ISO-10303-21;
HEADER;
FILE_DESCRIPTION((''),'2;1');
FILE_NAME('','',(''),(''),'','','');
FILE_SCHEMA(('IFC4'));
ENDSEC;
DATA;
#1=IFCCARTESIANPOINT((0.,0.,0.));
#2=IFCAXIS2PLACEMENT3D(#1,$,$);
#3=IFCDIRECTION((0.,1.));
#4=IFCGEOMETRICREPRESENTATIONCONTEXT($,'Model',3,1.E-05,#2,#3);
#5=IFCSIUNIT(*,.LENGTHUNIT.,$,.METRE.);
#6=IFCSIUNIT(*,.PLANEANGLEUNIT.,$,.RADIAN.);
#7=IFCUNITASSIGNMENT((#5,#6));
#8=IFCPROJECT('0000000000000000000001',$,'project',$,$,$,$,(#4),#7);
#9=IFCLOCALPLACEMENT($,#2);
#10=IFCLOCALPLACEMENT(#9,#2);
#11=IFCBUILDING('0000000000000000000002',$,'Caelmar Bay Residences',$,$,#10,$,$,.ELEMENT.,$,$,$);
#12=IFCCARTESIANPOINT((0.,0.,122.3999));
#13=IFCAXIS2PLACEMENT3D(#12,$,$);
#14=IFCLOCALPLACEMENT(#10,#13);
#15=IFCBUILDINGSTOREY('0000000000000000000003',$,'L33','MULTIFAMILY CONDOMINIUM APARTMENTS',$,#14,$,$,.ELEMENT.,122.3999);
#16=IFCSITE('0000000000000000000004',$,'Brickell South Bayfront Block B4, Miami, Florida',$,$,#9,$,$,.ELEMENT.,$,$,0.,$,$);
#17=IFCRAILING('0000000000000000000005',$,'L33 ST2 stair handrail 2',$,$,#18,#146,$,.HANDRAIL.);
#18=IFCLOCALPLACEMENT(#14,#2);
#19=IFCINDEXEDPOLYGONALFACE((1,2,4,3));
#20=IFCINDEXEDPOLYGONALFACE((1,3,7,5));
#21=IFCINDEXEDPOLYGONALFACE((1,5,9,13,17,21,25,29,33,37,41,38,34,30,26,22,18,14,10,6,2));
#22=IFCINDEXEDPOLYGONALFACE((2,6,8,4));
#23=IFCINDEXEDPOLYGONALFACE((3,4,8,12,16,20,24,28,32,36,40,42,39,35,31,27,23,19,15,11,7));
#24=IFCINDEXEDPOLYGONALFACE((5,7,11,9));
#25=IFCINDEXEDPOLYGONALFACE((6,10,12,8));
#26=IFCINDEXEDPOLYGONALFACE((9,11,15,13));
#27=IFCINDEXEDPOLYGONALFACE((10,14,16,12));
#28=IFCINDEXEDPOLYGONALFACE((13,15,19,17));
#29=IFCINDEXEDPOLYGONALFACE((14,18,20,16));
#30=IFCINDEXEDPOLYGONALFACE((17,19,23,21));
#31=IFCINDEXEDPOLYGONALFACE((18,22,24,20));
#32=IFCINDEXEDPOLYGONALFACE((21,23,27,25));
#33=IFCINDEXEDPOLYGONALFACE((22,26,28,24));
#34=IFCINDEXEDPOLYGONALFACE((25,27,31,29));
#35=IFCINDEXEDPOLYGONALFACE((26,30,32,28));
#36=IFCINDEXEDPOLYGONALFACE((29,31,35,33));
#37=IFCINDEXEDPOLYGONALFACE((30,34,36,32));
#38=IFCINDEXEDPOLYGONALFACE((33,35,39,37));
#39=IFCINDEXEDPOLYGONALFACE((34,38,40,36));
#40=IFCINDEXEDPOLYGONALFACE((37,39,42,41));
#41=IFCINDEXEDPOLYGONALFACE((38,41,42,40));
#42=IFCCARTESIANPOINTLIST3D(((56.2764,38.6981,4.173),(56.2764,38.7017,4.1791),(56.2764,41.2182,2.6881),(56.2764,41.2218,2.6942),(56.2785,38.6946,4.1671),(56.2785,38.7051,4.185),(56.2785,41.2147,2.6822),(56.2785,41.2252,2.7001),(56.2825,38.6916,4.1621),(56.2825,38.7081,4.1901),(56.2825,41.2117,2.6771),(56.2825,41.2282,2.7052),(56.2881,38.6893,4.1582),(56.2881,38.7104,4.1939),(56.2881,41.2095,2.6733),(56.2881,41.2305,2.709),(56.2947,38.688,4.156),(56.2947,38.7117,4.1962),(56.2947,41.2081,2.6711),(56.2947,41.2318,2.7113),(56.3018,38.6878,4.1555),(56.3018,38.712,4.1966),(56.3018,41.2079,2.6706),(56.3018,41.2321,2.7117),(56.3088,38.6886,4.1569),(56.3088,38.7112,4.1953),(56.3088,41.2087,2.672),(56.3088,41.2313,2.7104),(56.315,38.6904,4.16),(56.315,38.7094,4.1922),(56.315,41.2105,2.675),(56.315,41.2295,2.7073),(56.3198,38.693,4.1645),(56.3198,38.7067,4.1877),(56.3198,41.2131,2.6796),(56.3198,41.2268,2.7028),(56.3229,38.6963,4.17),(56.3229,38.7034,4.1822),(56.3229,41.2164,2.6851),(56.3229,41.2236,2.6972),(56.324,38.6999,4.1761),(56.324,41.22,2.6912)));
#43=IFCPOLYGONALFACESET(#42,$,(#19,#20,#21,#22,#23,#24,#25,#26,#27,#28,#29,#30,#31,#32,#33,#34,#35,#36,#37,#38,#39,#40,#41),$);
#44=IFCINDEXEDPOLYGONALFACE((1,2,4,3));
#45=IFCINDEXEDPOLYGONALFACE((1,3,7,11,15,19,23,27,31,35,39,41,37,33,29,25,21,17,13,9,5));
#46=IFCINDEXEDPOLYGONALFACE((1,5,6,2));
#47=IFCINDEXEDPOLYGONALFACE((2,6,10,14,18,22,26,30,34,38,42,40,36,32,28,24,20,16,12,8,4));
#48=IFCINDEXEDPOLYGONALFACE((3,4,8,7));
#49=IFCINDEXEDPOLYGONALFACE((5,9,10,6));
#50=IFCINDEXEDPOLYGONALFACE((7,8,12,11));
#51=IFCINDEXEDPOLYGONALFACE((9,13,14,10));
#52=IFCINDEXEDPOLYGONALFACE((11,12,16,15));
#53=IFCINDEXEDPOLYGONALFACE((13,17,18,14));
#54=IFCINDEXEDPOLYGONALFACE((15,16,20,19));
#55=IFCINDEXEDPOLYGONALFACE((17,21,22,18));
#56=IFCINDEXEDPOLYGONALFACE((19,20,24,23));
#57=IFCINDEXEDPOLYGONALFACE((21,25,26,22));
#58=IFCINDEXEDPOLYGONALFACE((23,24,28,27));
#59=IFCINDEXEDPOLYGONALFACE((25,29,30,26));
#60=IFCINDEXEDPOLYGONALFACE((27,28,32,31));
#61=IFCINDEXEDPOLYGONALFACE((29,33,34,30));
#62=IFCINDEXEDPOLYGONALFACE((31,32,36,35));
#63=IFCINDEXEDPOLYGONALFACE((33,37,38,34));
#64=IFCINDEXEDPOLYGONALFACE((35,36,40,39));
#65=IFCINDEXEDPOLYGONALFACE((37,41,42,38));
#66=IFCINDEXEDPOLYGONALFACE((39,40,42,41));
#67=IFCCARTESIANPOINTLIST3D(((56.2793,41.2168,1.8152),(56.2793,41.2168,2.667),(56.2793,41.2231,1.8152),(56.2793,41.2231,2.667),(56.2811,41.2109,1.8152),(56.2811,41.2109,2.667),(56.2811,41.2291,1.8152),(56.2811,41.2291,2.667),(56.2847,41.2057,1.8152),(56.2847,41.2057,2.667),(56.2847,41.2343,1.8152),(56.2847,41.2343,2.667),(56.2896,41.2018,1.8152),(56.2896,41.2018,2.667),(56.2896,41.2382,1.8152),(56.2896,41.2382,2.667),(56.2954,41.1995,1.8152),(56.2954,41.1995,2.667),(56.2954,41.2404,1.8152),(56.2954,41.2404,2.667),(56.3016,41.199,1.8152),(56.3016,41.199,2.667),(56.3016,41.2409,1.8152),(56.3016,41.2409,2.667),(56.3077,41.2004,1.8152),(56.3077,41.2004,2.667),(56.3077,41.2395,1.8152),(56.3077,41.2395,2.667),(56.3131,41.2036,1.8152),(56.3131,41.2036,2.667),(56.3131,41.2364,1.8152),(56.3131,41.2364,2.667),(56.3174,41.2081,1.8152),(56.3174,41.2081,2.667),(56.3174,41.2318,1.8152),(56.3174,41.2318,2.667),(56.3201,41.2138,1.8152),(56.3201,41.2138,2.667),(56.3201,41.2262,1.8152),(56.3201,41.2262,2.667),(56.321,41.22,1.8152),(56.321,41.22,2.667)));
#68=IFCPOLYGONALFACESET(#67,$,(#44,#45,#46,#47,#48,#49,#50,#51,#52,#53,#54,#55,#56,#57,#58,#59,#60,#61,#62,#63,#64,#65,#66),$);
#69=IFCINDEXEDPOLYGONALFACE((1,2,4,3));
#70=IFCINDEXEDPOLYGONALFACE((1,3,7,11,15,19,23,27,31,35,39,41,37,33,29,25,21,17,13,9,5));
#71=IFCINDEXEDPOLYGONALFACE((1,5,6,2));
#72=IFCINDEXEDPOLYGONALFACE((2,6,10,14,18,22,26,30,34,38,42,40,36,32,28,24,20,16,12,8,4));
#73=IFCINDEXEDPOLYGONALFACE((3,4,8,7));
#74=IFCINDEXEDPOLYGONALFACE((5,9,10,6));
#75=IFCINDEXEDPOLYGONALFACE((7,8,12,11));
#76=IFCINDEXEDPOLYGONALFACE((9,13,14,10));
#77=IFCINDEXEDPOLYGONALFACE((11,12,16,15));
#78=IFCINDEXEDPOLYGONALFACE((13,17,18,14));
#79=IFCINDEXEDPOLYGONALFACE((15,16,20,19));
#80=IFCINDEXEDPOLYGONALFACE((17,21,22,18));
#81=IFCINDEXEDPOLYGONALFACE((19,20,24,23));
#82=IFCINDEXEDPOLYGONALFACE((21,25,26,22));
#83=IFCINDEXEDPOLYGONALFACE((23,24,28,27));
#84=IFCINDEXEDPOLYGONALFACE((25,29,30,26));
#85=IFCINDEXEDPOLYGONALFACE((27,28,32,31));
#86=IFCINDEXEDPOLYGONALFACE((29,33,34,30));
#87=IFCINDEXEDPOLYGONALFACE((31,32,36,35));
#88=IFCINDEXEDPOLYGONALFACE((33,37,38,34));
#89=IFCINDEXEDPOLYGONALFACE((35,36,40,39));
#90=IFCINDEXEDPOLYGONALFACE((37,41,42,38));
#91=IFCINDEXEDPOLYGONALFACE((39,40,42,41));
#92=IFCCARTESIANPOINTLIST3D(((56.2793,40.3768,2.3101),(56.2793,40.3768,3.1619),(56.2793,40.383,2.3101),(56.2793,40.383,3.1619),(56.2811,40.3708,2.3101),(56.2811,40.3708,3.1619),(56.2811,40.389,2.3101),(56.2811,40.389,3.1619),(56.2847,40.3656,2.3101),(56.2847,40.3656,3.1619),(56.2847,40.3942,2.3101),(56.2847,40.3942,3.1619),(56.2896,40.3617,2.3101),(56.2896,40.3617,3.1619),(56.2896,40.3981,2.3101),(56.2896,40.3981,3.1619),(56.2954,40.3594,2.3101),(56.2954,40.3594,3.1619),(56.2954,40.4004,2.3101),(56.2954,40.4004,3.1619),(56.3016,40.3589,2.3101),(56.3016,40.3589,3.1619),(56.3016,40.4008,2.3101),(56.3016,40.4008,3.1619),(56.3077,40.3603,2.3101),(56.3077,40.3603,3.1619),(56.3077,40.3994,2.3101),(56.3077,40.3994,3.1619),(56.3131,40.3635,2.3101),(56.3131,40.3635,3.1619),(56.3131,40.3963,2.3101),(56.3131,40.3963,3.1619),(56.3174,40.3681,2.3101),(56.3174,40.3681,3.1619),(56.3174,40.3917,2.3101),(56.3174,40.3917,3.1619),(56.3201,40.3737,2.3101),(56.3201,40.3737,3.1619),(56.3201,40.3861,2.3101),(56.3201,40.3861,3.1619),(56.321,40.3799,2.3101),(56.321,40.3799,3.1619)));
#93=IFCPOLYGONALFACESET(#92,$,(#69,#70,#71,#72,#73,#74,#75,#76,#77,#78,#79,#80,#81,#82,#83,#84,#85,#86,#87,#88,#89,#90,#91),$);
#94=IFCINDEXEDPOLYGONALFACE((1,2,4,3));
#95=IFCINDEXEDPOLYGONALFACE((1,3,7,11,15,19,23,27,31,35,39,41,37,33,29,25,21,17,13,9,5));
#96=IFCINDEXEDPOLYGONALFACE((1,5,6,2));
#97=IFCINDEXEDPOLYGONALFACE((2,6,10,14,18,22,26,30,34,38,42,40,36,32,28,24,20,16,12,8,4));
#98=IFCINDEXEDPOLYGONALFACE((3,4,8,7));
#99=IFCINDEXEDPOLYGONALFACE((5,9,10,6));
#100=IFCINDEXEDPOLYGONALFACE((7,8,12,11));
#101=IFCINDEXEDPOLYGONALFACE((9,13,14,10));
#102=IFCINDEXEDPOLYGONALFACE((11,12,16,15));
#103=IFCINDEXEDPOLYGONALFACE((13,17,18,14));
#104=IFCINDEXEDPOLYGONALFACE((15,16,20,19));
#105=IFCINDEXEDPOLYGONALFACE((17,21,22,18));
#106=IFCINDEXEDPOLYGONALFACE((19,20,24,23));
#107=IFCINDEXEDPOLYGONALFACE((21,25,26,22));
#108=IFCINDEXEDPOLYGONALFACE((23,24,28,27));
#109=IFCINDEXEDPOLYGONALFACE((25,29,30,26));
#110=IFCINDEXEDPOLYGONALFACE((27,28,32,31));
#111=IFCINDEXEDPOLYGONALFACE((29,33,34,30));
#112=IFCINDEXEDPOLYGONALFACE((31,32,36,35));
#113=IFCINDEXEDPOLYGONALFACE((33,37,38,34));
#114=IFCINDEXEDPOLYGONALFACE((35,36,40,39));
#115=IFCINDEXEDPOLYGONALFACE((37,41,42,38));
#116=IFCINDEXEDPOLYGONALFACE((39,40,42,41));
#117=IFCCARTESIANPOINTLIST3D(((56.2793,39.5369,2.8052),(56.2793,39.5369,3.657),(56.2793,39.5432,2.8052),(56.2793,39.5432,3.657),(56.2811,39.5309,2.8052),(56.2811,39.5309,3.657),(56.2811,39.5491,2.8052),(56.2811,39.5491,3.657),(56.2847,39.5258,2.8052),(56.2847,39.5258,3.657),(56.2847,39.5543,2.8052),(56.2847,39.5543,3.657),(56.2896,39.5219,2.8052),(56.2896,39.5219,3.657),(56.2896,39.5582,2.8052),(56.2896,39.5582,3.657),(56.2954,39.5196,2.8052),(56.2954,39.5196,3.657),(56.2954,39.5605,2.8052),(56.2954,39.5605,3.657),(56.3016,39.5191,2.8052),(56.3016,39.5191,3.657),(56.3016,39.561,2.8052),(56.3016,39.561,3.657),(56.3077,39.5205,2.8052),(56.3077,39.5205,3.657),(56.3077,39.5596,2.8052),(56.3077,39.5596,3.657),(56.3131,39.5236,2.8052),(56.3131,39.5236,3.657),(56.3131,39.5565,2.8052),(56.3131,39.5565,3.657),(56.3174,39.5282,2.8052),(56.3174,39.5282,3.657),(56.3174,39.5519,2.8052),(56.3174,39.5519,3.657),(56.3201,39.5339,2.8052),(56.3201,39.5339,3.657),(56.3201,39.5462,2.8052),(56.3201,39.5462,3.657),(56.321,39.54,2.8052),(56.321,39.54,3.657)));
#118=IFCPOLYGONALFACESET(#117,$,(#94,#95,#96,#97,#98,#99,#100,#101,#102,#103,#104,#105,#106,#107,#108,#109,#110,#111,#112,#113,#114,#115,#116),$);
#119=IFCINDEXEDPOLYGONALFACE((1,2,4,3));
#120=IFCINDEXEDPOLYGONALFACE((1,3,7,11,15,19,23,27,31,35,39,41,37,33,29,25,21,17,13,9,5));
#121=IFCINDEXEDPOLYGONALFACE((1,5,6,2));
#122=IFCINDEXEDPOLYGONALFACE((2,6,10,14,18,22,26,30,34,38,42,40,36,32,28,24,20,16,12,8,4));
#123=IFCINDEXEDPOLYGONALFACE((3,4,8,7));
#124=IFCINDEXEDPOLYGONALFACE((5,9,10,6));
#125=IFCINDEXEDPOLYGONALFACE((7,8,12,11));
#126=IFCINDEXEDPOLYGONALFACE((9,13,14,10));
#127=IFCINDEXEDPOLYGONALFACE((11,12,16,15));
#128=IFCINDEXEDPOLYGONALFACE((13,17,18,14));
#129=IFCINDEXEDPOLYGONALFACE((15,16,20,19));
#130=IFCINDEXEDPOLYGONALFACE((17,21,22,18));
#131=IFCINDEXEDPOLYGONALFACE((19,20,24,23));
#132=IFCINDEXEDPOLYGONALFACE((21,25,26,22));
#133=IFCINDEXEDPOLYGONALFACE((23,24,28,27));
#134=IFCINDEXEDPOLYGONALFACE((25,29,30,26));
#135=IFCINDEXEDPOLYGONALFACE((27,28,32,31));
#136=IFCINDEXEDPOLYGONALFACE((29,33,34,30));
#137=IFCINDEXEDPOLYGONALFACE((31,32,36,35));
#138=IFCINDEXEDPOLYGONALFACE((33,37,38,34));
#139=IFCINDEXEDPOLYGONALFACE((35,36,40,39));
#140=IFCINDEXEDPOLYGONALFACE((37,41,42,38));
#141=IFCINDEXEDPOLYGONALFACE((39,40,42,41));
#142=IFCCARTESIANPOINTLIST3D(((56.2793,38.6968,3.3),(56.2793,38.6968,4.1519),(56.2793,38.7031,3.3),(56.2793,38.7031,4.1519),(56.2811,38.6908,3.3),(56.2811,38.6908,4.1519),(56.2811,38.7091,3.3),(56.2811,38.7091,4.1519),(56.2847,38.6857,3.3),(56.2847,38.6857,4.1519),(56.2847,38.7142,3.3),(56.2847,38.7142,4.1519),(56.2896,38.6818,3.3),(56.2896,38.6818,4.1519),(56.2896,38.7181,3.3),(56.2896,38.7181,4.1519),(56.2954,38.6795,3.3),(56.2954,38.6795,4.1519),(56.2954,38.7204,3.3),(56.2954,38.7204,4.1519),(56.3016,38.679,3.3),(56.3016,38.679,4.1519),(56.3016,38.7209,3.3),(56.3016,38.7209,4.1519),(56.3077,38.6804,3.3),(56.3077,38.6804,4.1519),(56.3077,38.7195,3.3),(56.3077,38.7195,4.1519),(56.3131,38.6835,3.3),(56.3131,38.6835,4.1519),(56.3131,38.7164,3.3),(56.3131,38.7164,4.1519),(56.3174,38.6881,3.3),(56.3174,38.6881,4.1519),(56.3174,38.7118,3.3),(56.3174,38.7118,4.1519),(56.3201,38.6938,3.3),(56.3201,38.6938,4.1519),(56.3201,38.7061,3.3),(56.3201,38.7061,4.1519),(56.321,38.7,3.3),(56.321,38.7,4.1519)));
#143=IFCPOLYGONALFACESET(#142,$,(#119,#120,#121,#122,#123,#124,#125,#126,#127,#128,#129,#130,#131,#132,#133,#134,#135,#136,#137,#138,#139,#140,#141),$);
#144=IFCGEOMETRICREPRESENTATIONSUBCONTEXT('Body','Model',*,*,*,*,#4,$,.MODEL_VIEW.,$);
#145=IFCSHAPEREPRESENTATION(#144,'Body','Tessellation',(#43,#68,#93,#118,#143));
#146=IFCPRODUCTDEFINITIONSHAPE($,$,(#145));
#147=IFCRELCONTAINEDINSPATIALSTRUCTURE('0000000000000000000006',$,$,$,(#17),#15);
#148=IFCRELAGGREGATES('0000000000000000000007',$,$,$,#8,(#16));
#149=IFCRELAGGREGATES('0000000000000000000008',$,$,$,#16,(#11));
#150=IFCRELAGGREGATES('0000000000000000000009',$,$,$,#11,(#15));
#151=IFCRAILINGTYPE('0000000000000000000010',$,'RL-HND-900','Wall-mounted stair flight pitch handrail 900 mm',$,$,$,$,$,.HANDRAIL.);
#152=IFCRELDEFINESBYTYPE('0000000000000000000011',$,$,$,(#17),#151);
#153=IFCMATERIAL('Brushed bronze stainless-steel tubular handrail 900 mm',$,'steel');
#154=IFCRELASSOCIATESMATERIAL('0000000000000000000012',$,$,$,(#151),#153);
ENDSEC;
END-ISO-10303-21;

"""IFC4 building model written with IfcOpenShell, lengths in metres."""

from ifc_helpers import new_model, si_unit, direction, frame, origin, origin_2d, place, context, subcontext, project, spatial, circle, extrude, material, type_object, element, save


model = new_model("IFC4")

# Units and contexts
model_context = context("Model", 3, precision=1e-05, world=origin(), true_north=direction((0.0, 1.0)))
body_context = subcontext(model_context, "Body", "Model", "MODEL_VIEW")
ifc_project = project(units=[si_unit("LENGTHUNIT", "METRE"), si_unit("PLANEANGLEUNIT", "RADIAN")], contexts=[model_context])

# Site, building, storey
site_placement = place(None, origin())
site = spatial("IfcSite", under=ifc_project, at=site_placement, Name="Brickell South Bayfront Block B4, Miami, Florida", CompositionType="ELEMENT", RefElevation=0.0)
building_placement = place(site_placement, origin())
building = spatial("IfcBuilding", under=site, at=building_placement, Name="Caelmar Bay Residences", CompositionType="ELEMENT")
storey_placement = place(building_placement, frame((0.0, 0.0, 122.3999)))
storey = spatial("IfcBuildingStorey", under=building, at=storey_placement, Name="L33", Description="MULTIFAMILY CONDOMINIUM APARTMENTS", CompositionType="ELEMENT", Elevation=122.3999)

# Railing
ifc_material_1 = material(Name="Brushed bronze stainless-steel tubular handrail 900 mm", Category="steel")
railing_type_1 = type_object("IfcRailingType", Name="RL-HND-900", Description="Wall-mounted stair flight pitch handrail 900 mm", PredefinedType="HANDRAIL", material=ifc_material_1)
railing_1_placement = place(storey_placement, frame((56.3, 41.22, 1.8152)))
element("IfcRailing", 1, at=railing_1_placement, inside=storey, type_object=railing_type_1, Name="L33 ST2 stair handrail 2", PredefinedType="HANDRAIL", context=body_context, shape_type="SweptSolid", body=[
    extrude(circle(Radius=0.0239, at=origin_2d()), frame((0.0, 0.0, 0.876), z_axis=(0.0, -0.861561, 0.507655), x_axis=(1.0, 0.0, 0.0)), (0.0, 0.0, 1.0), 2.925),
    extrude(circle(Radius=0.021, at=origin_2d()), origin(), (0.0, 0.0, 1.0), 0.8518),
    extrude(circle(Radius=0.021, at=origin_2d()), frame((0.0, -0.8401, 0.4949)), (0.0, 0.0, 1.0), 0.8518),
    extrude(circle(Radius=0.021, at=origin_2d()), frame((0.0, -1.6799, 0.99)), (0.0, 0.0, 1.0), 0.8518),
    extrude(circle(Radius=0.021, at=origin_2d()), frame((0.0, -2.52, 1.4849)), (0.0, 0.0, 1.0), 0.8518),
])

save(model, "model.ifc")
